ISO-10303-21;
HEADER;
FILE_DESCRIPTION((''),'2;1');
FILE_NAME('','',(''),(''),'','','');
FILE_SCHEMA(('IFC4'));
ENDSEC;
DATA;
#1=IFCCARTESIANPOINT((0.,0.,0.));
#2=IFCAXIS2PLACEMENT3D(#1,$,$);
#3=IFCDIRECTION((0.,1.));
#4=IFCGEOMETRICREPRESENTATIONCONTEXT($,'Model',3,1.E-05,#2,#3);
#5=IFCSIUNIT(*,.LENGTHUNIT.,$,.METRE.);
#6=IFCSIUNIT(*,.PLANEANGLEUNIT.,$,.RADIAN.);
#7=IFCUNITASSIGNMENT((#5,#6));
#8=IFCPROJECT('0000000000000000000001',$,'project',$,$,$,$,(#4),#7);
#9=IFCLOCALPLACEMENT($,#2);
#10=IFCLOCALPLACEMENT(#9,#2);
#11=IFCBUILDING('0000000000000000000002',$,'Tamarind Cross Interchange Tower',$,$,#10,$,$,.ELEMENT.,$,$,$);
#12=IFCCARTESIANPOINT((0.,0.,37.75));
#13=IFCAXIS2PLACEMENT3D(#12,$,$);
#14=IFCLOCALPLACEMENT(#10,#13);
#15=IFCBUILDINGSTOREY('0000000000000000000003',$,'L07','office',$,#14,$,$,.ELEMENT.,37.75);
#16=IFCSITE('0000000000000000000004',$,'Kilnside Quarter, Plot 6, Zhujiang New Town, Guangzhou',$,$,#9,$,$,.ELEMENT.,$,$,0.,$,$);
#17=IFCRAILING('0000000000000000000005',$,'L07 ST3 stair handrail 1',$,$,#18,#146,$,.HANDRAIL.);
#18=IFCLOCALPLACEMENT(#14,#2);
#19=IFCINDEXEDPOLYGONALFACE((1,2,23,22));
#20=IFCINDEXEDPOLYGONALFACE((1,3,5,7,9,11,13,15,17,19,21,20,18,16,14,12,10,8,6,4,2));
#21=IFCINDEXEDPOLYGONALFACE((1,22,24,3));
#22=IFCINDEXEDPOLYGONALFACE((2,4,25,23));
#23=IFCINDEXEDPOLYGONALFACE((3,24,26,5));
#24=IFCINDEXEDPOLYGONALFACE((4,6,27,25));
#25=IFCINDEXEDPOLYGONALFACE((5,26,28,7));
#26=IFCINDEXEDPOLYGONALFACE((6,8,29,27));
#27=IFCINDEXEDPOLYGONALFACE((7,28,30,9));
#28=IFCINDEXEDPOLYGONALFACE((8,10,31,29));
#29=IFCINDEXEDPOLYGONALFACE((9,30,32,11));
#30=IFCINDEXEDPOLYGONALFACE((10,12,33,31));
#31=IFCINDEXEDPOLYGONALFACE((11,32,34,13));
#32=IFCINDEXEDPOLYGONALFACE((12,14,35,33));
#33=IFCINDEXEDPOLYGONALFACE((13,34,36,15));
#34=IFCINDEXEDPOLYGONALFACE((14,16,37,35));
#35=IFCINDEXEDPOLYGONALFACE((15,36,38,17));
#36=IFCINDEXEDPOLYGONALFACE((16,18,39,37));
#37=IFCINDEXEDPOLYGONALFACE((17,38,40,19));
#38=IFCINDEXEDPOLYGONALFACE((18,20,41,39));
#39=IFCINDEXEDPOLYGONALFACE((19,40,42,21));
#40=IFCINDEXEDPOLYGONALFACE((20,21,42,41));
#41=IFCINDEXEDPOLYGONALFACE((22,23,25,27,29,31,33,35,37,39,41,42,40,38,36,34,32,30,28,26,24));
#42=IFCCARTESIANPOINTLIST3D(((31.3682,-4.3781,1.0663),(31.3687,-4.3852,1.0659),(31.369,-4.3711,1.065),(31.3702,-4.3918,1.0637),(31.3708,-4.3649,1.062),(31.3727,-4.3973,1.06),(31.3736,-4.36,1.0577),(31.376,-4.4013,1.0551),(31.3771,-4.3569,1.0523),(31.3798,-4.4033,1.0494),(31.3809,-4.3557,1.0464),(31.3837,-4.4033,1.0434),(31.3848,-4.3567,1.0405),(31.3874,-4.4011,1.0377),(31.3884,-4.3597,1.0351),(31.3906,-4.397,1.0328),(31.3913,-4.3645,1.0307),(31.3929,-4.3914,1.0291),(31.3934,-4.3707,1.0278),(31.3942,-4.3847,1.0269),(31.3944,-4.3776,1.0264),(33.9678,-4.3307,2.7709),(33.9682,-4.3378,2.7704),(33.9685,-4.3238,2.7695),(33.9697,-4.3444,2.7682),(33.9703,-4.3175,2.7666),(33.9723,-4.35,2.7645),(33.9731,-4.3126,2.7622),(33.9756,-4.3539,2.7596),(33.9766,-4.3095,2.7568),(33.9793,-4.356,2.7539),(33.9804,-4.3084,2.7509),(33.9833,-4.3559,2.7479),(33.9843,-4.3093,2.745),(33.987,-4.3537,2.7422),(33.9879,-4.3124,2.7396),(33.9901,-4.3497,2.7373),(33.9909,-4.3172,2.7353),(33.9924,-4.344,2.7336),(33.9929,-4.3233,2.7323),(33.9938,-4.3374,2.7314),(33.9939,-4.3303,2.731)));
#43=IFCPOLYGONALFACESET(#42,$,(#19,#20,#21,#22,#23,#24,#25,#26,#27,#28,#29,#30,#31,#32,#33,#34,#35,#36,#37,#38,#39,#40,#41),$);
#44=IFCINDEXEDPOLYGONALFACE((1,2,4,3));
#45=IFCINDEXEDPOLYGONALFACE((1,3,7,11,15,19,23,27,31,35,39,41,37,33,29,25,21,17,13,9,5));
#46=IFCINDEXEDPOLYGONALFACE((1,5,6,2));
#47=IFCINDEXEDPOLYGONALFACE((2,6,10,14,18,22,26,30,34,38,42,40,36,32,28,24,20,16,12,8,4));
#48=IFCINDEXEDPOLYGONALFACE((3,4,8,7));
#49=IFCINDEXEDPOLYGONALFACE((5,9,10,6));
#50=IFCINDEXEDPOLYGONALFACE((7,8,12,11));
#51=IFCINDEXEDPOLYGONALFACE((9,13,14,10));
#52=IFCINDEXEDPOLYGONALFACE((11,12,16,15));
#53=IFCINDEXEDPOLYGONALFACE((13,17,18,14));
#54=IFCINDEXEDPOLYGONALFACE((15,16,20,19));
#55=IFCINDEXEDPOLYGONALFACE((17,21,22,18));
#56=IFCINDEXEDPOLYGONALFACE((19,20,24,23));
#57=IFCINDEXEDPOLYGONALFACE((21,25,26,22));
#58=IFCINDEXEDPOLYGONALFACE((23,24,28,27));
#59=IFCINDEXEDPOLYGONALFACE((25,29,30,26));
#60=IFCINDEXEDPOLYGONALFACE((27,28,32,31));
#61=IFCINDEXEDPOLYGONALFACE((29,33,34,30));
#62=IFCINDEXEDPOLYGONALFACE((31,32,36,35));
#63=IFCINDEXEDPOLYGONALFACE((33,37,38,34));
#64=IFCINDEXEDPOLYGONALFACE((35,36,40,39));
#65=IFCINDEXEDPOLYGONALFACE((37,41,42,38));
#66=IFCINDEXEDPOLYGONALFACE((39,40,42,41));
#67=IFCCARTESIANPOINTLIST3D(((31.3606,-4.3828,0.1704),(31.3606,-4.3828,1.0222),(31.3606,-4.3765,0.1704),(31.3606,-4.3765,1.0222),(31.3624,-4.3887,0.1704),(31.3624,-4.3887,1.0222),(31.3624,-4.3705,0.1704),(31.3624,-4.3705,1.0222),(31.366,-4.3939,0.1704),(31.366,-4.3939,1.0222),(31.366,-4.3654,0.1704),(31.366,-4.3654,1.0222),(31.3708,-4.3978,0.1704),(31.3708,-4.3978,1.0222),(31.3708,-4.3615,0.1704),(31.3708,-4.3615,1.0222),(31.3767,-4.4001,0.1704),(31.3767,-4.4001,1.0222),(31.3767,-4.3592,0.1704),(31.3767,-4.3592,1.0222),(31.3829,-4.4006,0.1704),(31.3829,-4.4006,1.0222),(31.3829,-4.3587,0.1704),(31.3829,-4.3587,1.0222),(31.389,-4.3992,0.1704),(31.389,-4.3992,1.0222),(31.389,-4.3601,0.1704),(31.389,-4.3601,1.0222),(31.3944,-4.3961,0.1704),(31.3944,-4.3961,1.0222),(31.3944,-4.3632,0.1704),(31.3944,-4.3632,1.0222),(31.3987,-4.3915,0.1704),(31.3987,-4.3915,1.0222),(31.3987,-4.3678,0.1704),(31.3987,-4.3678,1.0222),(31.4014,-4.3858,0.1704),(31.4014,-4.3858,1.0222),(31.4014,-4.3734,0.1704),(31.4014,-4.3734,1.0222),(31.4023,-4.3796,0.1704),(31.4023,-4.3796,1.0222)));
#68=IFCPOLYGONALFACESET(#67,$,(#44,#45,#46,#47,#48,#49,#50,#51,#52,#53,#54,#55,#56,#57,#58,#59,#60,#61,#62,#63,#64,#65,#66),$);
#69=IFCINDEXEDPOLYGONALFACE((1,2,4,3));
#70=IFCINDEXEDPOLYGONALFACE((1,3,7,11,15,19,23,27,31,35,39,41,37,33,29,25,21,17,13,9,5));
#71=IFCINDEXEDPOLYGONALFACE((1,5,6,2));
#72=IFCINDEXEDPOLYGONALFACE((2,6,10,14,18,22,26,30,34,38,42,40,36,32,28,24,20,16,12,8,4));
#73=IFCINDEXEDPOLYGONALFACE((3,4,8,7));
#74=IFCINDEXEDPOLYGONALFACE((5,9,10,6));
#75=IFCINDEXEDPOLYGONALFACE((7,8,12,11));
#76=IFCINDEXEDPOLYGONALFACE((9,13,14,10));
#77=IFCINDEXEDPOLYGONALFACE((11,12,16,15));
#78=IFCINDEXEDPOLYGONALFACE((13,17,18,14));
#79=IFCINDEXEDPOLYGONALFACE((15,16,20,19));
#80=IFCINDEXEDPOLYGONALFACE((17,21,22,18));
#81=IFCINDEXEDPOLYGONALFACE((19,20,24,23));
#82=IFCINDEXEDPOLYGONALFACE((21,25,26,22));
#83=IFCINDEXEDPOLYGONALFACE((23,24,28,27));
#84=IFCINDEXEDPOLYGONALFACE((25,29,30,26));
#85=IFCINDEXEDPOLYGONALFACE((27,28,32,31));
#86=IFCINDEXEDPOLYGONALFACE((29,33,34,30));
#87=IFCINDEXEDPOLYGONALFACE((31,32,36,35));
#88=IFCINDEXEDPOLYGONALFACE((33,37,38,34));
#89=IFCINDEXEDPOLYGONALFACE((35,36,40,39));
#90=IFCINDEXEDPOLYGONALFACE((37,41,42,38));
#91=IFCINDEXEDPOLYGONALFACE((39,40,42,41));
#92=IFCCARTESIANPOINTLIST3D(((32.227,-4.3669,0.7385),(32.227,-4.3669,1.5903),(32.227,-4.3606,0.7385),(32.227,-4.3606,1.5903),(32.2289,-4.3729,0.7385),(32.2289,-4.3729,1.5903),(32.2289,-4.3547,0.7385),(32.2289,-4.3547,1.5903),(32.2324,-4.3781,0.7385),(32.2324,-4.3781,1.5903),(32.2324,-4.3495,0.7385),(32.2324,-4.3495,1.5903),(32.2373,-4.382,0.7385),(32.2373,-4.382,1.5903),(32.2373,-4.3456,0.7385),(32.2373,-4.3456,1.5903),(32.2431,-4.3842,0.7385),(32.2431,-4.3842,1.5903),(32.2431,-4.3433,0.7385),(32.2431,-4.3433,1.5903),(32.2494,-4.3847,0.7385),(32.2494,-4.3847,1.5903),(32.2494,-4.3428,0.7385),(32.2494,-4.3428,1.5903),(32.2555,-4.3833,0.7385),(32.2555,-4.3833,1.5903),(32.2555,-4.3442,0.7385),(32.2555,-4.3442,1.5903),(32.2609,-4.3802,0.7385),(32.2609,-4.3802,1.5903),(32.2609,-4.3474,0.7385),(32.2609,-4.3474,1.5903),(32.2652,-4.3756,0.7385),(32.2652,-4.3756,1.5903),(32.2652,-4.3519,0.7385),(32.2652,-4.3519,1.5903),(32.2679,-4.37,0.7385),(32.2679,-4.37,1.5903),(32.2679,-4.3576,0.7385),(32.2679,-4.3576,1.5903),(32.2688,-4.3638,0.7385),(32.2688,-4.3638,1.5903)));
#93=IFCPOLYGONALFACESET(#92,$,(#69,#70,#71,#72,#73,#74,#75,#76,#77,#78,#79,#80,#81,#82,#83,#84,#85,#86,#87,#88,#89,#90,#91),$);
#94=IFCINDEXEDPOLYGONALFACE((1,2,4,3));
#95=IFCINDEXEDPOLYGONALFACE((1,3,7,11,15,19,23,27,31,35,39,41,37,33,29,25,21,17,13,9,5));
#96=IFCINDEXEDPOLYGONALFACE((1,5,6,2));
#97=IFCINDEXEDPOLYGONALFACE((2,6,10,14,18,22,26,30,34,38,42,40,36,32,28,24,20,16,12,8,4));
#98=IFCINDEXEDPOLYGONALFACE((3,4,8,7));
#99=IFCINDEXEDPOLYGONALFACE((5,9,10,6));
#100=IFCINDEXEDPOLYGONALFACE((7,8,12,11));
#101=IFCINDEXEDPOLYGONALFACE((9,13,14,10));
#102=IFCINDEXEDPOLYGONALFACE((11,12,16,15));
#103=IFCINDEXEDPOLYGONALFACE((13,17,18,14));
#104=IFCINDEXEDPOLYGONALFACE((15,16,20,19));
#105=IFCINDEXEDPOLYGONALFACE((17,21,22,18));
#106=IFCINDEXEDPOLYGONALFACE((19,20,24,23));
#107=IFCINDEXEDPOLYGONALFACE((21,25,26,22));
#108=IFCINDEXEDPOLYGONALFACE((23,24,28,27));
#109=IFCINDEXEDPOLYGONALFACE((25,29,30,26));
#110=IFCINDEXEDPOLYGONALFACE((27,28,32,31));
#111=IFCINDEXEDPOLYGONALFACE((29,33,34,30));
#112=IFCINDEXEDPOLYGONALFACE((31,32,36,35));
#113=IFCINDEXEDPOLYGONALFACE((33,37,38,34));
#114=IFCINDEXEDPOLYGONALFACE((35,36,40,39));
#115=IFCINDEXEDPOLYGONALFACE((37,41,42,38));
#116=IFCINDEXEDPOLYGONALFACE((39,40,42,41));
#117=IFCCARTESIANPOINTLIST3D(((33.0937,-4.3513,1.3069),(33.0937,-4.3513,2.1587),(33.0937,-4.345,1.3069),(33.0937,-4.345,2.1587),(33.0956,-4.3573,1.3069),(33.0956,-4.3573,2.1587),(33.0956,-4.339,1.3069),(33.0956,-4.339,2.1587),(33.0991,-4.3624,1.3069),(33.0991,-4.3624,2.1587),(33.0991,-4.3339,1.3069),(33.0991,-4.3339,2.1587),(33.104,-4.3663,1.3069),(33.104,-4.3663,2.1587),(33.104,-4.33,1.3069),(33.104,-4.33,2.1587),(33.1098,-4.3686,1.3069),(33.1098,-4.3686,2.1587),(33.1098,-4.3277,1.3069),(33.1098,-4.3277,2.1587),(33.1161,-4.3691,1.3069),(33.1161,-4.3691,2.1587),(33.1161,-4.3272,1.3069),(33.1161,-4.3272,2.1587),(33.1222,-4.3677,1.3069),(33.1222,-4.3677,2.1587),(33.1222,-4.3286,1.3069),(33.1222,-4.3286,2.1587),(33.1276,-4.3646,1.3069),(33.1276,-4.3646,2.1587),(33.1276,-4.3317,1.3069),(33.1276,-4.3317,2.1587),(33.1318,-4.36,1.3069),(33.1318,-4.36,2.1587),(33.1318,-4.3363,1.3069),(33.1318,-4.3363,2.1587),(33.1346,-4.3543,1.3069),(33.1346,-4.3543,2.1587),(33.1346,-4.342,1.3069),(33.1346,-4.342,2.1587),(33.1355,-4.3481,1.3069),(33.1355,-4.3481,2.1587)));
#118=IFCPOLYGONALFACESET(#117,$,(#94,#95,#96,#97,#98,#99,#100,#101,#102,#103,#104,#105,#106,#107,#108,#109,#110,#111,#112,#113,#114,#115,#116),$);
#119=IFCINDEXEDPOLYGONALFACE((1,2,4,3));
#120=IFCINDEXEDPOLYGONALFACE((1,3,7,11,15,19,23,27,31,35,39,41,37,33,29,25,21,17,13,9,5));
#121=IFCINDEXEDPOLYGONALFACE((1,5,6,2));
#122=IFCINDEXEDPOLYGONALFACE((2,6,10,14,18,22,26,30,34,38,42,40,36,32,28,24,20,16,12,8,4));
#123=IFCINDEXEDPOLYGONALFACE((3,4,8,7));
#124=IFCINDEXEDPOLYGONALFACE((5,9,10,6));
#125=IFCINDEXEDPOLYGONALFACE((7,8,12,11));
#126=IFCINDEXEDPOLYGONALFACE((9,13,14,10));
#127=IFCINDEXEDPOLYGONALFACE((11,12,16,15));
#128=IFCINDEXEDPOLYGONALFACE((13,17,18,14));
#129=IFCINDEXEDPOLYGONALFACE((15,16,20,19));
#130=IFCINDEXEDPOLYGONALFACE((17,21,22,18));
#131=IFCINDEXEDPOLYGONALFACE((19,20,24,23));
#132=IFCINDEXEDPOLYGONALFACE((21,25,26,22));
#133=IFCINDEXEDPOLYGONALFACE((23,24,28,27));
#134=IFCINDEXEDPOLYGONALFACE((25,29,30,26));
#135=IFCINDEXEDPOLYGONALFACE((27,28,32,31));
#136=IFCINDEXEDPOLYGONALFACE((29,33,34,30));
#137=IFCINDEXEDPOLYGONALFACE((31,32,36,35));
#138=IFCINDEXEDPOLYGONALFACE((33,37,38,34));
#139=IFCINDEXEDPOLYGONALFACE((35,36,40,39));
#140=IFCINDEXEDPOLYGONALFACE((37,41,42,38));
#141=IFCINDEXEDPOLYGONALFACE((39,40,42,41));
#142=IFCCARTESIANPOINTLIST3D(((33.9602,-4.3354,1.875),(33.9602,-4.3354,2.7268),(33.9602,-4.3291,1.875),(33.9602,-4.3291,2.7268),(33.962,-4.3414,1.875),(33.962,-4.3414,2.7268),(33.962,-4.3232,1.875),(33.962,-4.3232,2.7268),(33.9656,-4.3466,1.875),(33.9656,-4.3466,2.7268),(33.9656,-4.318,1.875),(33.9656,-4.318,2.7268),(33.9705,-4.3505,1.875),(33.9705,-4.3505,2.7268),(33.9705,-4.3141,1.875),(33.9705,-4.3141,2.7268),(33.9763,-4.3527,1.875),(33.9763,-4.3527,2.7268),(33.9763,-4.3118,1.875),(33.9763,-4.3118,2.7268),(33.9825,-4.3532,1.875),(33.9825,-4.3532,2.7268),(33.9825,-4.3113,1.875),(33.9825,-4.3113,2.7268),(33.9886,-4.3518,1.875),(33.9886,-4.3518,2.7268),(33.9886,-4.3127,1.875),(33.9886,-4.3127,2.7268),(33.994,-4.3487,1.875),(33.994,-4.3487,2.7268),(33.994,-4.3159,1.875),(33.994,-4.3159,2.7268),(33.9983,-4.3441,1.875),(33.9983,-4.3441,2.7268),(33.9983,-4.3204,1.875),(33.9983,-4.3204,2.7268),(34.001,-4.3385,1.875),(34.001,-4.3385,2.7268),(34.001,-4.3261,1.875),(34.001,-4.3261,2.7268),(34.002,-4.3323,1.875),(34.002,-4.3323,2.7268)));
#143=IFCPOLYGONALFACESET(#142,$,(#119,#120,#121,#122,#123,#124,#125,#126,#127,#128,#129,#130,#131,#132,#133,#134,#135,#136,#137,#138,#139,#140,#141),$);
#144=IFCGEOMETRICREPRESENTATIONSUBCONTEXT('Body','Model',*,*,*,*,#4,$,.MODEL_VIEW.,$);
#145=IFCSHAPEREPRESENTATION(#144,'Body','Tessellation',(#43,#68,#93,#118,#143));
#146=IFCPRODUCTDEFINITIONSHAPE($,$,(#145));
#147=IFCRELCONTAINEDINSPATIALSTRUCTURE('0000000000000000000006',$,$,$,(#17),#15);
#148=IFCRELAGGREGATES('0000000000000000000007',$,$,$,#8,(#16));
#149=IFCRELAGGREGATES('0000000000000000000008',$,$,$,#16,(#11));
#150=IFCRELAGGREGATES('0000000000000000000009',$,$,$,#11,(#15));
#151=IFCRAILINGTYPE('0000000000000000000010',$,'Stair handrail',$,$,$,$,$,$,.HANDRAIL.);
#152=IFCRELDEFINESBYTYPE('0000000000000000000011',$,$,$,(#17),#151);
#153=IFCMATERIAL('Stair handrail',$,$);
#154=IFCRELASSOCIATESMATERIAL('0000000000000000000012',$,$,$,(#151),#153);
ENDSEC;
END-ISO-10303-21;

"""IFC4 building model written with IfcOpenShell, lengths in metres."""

from ifc_helpers import new_model, si_unit, direction, frame, origin, origin_2d, place, context, subcontext, project, spatial, circle, extrude, material, type_object, element, save


model = new_model("IFC4")

# Units and contexts
model_context = context("Model", 3, precision=1e-05, world=origin(), true_north=direction((0.0, 1.0)))
body_context = subcontext(model_context, "Body", "Model", "MODEL_VIEW")
ifc_project = project(units=[si_unit("LENGTHUNIT", "METRE"), si_unit("PLANEANGLEUNIT", "RADIAN")], contexts=[model_context])

# Site, building, storey
site_placement = place(None, origin())
site = spatial("IfcSite", under=ifc_project, at=site_placement, Name="Kilnside Quarter, Plot 6, Zhujiang New Town, Guangzhou", CompositionType="ELEMENT", RefElevation=0.0)
building_placement = place(site_placement, origin())
building = spatial("IfcBuilding", under=site, at=building_placement, Name="Tamarind Cross Interchange Tower", CompositionType="ELEMENT")
storey_placement = place(building_placement, frame((0.0, 0.0, 37.75)))
storey = spatial("IfcBuildingStorey", under=building, at=storey_placement, Name="L07", Description="office", CompositionType="ELEMENT", Elevation=37.75)

# Railing
ifc_material_1 = material(Name="Stair handrail")
railing_type_1 = type_object("IfcRailingType", Name="Stair handrail", PredefinedType="HANDRAIL", material=ifc_material_1)
railing_1_placement = place(storey_placement, frame((31.3813, -4.3796, 0.1704)))
element("IfcRailing", 1, at=railing_1_placement, inside=storey, type_object=railing_type_1, Name="L07 ST3 stair handrail 1", PredefinedType="HANDRAIL", context=body_context, shape_type="SweptSolid", body=[
    extrude(circle(Radius=0.0239, at=origin_2d()), frame((0.0, 0.0, 0.876), z_axis=(0.836158, 0.015234, 0.548277), x_axis=(-0.018216, 0.999834, 0.0)), (0.0, 0.0, 1.0), 3.1089),
    extrude(circle(Radius=0.021, at=origin_2d()), origin(), (0.0, 0.0, 1.0), 0.8518),
    extrude(circle(Radius=0.021, at=origin_2d()), frame((0.8665, 0.0159, 0.5681)), (0.0, 0.0, 1.0), 0.8518),
    extrude(circle(Radius=0.021, at=origin_2d()), frame((1.7332, 0.0315, 1.1365)), (0.0, 0.0, 1.0), 0.8518),
    extrude(circle(Radius=0.021, at=origin_2d()), frame((2.5996, 0.0474, 1.7046)), (0.0, 0.0, 1.0), 0.8518),
])

save(model, "model.ifc")
